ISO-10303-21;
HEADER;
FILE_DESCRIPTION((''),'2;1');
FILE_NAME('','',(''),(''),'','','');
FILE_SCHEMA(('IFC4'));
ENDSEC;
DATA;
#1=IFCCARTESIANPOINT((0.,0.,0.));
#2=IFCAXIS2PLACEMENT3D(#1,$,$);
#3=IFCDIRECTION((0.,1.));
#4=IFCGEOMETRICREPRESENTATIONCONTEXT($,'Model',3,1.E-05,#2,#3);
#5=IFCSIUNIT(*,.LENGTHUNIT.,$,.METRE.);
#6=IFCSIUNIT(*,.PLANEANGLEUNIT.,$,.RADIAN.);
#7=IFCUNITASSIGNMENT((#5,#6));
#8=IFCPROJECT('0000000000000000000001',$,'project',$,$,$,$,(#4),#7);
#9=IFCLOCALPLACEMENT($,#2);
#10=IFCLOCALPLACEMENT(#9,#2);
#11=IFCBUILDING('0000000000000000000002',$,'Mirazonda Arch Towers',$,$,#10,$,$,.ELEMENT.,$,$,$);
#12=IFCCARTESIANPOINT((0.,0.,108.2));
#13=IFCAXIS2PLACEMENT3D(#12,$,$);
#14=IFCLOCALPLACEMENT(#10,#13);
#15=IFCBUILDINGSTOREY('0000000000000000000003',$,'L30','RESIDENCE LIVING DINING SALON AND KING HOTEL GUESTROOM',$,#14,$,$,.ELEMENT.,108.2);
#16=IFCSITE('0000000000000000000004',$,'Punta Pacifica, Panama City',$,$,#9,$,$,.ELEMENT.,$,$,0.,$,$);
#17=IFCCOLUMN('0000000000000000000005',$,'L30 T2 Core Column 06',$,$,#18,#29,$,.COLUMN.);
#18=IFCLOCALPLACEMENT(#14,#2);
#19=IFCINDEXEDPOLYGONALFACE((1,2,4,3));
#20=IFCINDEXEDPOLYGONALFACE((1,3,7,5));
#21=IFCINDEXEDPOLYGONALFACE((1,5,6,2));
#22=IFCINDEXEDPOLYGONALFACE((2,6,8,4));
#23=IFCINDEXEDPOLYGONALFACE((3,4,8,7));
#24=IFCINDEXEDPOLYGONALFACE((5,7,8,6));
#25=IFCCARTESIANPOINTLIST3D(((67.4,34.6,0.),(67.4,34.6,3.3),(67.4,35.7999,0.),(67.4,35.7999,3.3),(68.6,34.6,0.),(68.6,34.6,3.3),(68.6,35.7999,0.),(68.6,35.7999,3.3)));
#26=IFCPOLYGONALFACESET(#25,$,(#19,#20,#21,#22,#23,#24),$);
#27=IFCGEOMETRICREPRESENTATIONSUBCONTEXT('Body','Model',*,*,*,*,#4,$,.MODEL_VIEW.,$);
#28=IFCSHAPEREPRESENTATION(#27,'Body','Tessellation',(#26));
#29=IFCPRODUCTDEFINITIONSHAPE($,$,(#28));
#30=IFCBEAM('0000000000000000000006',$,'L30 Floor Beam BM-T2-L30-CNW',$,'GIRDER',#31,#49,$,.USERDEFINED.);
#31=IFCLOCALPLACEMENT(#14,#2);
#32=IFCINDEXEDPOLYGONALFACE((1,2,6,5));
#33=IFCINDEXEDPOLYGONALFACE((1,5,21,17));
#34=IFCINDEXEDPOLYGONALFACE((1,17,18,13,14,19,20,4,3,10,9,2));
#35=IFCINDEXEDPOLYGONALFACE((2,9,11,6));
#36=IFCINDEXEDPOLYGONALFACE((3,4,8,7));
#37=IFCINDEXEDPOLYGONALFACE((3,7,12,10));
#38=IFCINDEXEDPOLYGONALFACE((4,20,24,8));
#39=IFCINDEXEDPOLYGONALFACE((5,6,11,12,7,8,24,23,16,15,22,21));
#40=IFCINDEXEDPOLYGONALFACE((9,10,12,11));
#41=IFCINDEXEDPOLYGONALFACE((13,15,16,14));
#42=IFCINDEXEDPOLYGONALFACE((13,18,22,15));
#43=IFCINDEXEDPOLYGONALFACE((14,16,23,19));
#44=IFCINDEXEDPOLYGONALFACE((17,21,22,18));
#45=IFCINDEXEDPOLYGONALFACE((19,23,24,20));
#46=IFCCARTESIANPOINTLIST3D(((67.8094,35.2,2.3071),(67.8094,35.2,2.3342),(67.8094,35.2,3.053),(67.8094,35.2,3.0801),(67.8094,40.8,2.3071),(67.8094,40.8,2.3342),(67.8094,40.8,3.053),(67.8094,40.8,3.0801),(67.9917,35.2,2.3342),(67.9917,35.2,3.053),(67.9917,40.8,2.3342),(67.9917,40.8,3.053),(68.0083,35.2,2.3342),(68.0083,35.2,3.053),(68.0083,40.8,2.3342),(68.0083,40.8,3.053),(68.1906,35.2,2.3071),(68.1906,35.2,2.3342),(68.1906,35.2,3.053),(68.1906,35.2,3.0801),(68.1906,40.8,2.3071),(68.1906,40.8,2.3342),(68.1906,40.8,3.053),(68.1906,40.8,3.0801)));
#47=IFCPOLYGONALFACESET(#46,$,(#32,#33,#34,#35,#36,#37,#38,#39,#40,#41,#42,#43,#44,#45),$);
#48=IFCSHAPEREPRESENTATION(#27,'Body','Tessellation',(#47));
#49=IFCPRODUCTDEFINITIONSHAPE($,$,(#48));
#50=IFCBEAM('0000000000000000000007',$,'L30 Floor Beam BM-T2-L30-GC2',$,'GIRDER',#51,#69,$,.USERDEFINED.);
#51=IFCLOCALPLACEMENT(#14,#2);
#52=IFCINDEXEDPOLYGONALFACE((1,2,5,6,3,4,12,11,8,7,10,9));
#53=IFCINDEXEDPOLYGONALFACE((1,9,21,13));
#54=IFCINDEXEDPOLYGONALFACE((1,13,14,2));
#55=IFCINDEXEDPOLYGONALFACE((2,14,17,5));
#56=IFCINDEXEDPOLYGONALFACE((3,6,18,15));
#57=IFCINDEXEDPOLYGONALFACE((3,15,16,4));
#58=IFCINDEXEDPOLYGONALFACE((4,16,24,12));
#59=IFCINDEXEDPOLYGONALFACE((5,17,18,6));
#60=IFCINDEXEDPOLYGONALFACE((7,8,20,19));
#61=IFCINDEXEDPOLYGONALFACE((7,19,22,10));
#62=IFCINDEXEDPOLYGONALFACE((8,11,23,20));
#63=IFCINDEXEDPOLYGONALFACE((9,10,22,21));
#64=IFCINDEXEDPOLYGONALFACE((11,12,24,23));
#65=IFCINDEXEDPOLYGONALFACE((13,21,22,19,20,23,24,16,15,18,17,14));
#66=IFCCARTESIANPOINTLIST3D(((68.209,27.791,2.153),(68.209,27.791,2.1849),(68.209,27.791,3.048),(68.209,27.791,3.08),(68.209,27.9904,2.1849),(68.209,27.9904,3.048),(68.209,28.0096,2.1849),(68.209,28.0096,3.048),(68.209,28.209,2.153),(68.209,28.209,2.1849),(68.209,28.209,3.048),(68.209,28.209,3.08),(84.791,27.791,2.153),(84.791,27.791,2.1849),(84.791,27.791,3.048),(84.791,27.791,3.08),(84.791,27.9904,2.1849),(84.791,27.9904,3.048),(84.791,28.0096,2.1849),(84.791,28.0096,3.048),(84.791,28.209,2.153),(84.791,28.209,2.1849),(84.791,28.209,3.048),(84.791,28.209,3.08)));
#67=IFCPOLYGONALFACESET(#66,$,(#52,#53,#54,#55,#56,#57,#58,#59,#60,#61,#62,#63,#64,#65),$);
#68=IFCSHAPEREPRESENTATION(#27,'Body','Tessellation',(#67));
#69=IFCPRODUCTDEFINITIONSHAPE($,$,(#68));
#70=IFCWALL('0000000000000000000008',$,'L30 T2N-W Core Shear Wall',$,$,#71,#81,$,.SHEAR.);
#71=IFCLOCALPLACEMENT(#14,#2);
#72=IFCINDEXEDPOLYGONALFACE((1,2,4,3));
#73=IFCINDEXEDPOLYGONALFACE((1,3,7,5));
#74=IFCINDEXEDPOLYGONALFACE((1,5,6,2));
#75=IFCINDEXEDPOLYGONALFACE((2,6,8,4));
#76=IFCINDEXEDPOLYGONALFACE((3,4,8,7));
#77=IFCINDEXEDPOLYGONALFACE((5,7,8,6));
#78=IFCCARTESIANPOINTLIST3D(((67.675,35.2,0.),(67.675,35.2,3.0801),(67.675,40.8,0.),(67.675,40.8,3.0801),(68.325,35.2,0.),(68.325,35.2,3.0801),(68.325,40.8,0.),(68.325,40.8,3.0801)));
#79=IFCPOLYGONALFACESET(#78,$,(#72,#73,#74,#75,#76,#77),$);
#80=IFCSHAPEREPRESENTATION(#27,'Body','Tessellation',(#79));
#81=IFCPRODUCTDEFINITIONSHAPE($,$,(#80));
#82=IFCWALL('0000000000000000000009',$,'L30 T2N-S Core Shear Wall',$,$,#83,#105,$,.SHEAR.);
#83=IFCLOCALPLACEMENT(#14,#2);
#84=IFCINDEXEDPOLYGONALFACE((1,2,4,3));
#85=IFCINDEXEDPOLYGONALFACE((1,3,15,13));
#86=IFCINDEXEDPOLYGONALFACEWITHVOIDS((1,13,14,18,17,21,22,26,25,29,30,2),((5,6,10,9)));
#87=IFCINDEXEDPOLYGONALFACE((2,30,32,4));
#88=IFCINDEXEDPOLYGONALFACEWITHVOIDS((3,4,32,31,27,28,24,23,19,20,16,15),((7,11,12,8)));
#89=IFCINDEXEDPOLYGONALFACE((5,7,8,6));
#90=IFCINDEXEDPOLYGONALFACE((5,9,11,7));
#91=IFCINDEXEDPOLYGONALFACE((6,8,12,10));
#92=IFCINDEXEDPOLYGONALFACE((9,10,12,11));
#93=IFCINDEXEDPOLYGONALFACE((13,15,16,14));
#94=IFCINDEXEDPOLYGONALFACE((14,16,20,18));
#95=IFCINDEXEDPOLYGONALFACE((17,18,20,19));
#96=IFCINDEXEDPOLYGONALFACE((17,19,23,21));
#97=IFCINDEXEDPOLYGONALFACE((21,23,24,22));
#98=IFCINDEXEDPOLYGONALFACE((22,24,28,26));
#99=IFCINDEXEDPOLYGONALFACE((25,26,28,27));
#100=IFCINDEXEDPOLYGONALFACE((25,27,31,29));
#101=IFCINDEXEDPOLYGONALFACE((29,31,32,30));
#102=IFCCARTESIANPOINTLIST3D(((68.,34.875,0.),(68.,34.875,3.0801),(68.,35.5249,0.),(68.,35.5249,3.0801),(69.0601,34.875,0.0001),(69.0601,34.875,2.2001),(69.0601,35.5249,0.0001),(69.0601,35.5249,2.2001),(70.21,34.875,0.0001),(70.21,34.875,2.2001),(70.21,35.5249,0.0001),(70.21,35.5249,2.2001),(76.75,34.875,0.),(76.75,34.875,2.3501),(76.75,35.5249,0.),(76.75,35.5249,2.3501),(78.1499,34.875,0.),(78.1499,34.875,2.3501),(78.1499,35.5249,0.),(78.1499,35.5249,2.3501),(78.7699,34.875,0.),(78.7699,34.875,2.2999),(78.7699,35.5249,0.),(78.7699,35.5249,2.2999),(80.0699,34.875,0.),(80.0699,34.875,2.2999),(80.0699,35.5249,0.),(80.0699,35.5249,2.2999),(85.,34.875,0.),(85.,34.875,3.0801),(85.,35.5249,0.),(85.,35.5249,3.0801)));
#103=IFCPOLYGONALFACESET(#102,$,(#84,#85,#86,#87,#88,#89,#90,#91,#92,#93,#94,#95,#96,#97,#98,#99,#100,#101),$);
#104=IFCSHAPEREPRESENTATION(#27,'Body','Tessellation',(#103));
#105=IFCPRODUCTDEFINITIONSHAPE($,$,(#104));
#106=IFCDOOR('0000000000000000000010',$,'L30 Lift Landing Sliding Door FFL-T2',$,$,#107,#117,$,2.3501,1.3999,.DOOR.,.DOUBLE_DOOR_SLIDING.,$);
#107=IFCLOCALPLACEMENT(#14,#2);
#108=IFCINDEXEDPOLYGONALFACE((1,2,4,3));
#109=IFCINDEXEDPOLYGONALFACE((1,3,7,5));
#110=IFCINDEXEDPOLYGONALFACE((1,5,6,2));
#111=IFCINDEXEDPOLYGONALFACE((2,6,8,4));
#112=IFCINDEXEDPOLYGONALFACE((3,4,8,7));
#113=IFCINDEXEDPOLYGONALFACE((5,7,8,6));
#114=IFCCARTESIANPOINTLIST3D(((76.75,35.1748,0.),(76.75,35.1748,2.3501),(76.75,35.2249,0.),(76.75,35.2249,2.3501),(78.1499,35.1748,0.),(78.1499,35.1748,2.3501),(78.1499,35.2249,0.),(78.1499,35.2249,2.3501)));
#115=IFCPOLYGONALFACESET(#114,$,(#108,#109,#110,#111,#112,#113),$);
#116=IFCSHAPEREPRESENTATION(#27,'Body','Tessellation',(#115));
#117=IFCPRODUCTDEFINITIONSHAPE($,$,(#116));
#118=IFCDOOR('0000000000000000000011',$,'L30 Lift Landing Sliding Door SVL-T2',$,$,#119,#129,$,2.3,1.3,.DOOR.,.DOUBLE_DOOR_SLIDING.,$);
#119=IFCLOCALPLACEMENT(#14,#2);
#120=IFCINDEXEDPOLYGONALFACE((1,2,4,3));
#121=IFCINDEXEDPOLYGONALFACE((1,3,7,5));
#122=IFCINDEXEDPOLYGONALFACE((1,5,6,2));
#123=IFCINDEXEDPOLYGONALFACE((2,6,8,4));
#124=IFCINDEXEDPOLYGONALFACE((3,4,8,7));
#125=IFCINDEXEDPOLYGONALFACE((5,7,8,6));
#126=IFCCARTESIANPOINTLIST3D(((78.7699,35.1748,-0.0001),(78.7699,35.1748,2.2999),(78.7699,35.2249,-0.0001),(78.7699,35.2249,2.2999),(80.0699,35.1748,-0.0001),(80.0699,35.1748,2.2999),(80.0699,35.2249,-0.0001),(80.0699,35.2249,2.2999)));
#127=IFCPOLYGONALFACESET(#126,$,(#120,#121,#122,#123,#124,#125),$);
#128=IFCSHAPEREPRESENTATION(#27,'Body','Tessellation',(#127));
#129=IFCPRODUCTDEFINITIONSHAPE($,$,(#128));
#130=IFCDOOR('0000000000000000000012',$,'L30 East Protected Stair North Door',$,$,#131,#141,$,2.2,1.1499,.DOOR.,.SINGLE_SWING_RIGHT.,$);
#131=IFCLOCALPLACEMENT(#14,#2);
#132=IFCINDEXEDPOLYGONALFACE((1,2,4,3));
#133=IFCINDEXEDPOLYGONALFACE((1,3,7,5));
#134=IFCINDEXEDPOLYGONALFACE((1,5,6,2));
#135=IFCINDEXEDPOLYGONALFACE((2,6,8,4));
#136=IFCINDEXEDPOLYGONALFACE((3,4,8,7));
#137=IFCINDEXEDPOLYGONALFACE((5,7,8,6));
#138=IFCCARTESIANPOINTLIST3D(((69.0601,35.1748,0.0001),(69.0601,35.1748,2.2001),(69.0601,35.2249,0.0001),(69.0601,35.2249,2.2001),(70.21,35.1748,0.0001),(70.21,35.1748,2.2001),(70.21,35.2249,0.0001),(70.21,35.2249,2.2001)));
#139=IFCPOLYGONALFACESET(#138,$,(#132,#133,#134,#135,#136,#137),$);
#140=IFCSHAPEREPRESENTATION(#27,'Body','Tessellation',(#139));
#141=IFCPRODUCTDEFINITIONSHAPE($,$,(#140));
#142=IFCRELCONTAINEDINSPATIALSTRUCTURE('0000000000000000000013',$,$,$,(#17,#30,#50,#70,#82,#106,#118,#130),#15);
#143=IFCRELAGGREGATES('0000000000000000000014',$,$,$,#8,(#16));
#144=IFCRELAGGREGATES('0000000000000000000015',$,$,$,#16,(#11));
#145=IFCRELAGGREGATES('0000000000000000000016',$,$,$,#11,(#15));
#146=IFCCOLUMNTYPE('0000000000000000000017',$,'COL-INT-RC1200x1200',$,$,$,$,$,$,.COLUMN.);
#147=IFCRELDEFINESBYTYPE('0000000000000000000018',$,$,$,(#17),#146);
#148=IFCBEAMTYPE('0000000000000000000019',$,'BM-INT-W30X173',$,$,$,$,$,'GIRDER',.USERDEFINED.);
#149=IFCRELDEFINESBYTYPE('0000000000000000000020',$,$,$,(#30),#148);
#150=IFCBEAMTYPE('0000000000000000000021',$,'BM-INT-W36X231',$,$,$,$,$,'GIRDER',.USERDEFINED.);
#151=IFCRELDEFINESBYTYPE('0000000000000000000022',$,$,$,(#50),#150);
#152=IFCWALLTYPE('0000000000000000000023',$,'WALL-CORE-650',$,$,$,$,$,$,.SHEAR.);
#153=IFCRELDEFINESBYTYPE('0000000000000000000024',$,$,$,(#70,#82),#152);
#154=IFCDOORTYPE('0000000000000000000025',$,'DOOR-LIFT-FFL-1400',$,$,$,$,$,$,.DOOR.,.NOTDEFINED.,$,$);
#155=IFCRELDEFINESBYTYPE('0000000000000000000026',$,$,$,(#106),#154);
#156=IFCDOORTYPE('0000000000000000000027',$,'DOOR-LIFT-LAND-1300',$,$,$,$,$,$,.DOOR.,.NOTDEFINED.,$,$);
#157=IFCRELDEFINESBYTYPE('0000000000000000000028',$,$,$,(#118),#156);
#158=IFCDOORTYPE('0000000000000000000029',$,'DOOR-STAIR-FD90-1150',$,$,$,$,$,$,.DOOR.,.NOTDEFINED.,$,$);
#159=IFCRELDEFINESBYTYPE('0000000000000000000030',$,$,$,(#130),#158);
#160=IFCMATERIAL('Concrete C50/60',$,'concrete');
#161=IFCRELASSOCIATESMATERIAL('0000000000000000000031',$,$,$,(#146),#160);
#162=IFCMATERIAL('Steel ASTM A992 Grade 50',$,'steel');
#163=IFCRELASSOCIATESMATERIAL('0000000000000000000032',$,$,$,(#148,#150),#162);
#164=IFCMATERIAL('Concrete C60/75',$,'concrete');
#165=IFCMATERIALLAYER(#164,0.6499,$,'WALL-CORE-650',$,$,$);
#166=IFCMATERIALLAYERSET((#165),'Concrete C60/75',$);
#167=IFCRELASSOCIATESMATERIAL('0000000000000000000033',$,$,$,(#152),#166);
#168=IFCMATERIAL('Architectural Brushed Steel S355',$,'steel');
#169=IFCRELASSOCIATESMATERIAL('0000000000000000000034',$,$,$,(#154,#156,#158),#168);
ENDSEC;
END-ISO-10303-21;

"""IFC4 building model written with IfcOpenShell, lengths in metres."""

from ifc_helpers import new_model, si_unit, direction, frame, frame_2d, origin, origin_2d, place, context, subcontext, project, spatial, rectangle, i_section, extrude, material, layer, layer_set, material_profile, profile_set, type_object, element, fill, save


model = new_model("IFC4")

# Units and contexts
model_context = context("Model", 3, precision=1e-05, world=origin(), true_north=direction((0.0, 1.0)))
body_context = subcontext(model_context, "Body", "Model", "MODEL_VIEW")
ifc_project = project(units=[si_unit("LENGTHUNIT", "METRE"), si_unit("PLANEANGLEUNIT", "RADIAN")], contexts=[model_context])

# Site, building, storey
site_placement = place(None, origin())
site = spatial("IfcSite", under=ifc_project, at=site_placement, Name="Punta Pacifica, Panama City", CompositionType="ELEMENT", RefElevation=0.0)
building_placement = place(site_placement, origin())
building = spatial("IfcBuilding", under=site, at=building_placement, Name="Mirazonda Arch Towers", CompositionType="ELEMENT")
storey_placement = place(building_placement, frame((0.0, 0.0, 108.2)))
storey = spatial("IfcBuildingStorey", under=building, at=storey_placement, Name="L30", Description="RESIDENCE LIVING DINING SALON AND KING HOTEL GUESTROOM", CompositionType="ELEMENT", Elevation=108.2)

# Column
ifc_material_1 = material(Name="Concrete C50/60", Category="concrete")
ifc_material_profile_1 = material_profile(ifc_material_1, rectangle(XDim=1.2, YDim=1.2, at=origin_2d()), Name="RC1200x1200")
ifc_profile_set_1 = profile_set([ifc_material_profile_1], Name="Concrete C50/60")
column_type = type_object("IfcColumnType", Name="COL-INT-RC1200x1200", PredefinedType="COLUMN", material=ifc_profile_set_1)
column_placement = place(storey_placement, frame((68.0, 35.2, 0.0), z_axis=(0.0, 0.0, 1.0), x_axis=(1.0, 0.0, 0.0)))
element("IfcColumn", 1, at=column_placement, inside=storey, type_object=column_type, Name="L30 T2 Core Column 06", PredefinedType="COLUMN", context=body_context, shape_type="SweptSolid", body=[
    extrude(rectangle(XDim=1.2, YDim=1.2, at=origin_2d()), origin(), (0.0, 0.0, 1.0), 3.3),
])

# Beams
ifc_material_2 = material(Name="Steel ASTM A992 Grade 50", Category="steel")
ifc_material_profile_2 = material_profile(ifc_material_2, i_section(OverallWidth=0.3811, OverallDepth=0.7729, WebThickness=0.0166, FlangeThickness=0.0271, at=origin_2d()), Name="W30X173")
ifc_profile_set_2 = profile_set([ifc_material_profile_2], Name="Steel ASTM A992 Grade 50")
beam_type_1 = type_object("IfcBeamType", Name="BM-INT-W30X173", ElementType="GIRDER", PredefinedType="USERDEFINED", material=ifc_profile_set_2)
beam_1_placement = place(storey_placement, frame((68.0, 35.2, 2.6936), z_axis=(0.0, 1.0, 0.0), x_axis=(-1.0, 0.0, 0.0)))
element("IfcBeam", 2, at=beam_1_placement, inside=storey, type_object=beam_type_1, Name="L30 Floor Beam BM-T2-L30-CNW", ObjectType="GIRDER", PredefinedType="USERDEFINED", context=body_context, shape_type="SweptSolid", body=[
    extrude(i_section(OverallWidth=0.3811, OverallDepth=0.7729, WebThickness=0.0166, FlangeThickness=0.0271, at=origin_2d()), origin(), (0.0, 0.0, 1.0), 5.6001),
])
ifc_material_profile_3 = material_profile(ifc_material_2, i_section(OverallWidth=0.418, OverallDepth=0.927, WebThickness=0.0193, FlangeThickness=0.032, at=origin_2d()), Name="W36X231")
ifc_profile_set_3 = profile_set([ifc_material_profile_3], Name="Steel ASTM A992 Grade 50")
beam_type_2 = type_object("IfcBeamType", Name="BM-INT-W36X231", ElementType="GIRDER", PredefinedType="USERDEFINED", material=ifc_profile_set_3)
beam_2_placement = place(storey_placement, frame((68.209, 28.0, 2.6165), z_axis=(1.0, 0.0, 0.0), x_axis=(0.0, 1.0, 0.0)))
element("IfcBeam", 3, at=beam_2_placement, inside=storey, type_object=beam_type_2, Name="L30 Floor Beam BM-T2-L30-GC2", ObjectType="GIRDER", PredefinedType="USERDEFINED", context=body_context, shape_type="SweptSolid", body=[
    extrude(i_section(OverallWidth=0.418, OverallDepth=0.927, WebThickness=0.0193, FlangeThickness=0.032, at=origin_2d()), origin(), (0.0, 0.0, 1.0), 16.582),
])

# Wall
ifc_material_3 = material(Name="Concrete C60/75", Category="concrete")
ifc_layer_1 = layer(ifc_material_3, 0.6499, Name="WALL-CORE-650")
ifc_layer_set_1 = layer_set([ifc_layer_1], Name="Concrete C60/75")
wall_type_1 = type_object("IfcWallType", Name="WALL-CORE-650", PredefinedType="SHEAR", material=ifc_layer_set_1)
wall_1_placement = place(storey_placement, frame((68.0, 35.2, 0.0), z_axis=(0.0, 0.0, 1.0), x_axis=(0.0, 1.0, 0.0)))
element("IfcWall", 4, at=wall_1_placement, inside=storey, type_object=wall_type_1, Name="L30 T2N-W Core Shear Wall", PredefinedType="SHEAR", context=body_context, shape_type="SweptSolid", body=[
    extrude(rectangle(XDim=5.6001, YDim=0.6499, at=frame_2d((2.8, 0.0))), origin(), (0.0, 0.0, 1.0), 3.0801),
])

# Wall, openings, doors
wall_2_placement = place(storey_placement, frame((68.0, 35.2, 0.0), z_axis=(0.0, 0.0, 1.0), x_axis=(1.0, 0.0, 0.0)))
wall_2 = element("IfcWall", 5, at=wall_2_placement, inside=storey, type_object=wall_type_1, Name="L30 T2N-S Core Shear Wall", PredefinedType="SHEAR", context=body_context, shape_type="SweptSolid", body=[
    extrude(rectangle(XDim=17.0, YDim=0.6499, at=frame_2d((8.5, 0.0))), origin(), (0.0, 0.0, 1.0), 3.0801),
])
opening_1_placement = place(wall_2_placement, frame((1.0601, 0.0, 0.0)))
opening_1 = element("IfcOpeningElement", 6, at=opening_1_placement, cuts=wall_2, PredefinedType="OPENING", context=body_context, shape_type="SweptSolid", body=[
    extrude(rectangle(XDim=1.1499, YDim=2.2, at=frame_2d((0.575, 1.1001))), frame((0.0, 0.335, 0.0), z_axis=(0.0, -1.0, 0.0), x_axis=(1.0, 0.0, 0.0)), (0.0, 0.0, 1.0), 0.6699),
])
opening_2_placement = place(wall_2_placement, frame((8.75, 0.0, 0.0)))
opening_2 = element("IfcOpeningElement", 7, at=opening_2_placement, cuts=wall_2, PredefinedType="OPENING", context=body_context, shape_type="SweptSolid", body=[
    extrude(rectangle(XDim=1.3999, YDim=2.3501, at=frame_2d((0.7, 1.175))), frame((0.0, 0.335, 0.0), z_axis=(0.0, -1.0, 0.0), x_axis=(1.0, 0.0, 0.0)), (0.0, 0.0, 1.0), 0.6699),
])
opening_3_placement = place(wall_2_placement, frame((10.77, 0.0, 0.0)))
opening_3 = element("IfcOpeningElement", 8, at=opening_3_placement, cuts=wall_2, PredefinedType="OPENING", context=body_context, shape_type="SweptSolid", body=[
    extrude(rectangle(XDim=1.3, YDim=2.3, at=frame_2d((0.6499, 1.1499))), frame((0.0, 0.335, 0.0), z_axis=(0.0, -1.0, 0.0), x_axis=(1.0, 0.0, 0.0)), (0.0, 0.0, 1.0), 0.6699),
])
ifc_material_4 = material(Name="Architectural Brushed Steel S355", Category="steel")
door_type_1 = type_object("IfcDoorType", Name="DOOR-LIFT-FFL-1400", OperationType="NOTDEFINED", PredefinedType="DOOR", material=ifc_material_4)
door_1_placement = place(opening_2_placement, origin())
door_1 = element("IfcDoor", 9, at=door_1_placement, inside=storey, type_object=door_type_1, Name="L30 Lift Landing Sliding Door FFL-T2", OperationType="DOUBLE_DOOR_SLIDING", OverallHeight=2.3501, OverallWidth=1.3999, PredefinedType="DOOR", context=body_context, shape_type="SweptSolid", body=[
    extrude(rectangle(XDim=1.3999, YDim=2.3501, at=frame_2d((0.7, 1.175))), frame((0.0, 0.0249, 0.0), z_axis=(0.0, -1.0, 0.0), x_axis=(1.0, 0.0, 0.0)), (0.0, 0.0, 1.0), 0.05),
])
fill(opening_2, door_1)
door_type_2 = type_object("IfcDoorType", Name="DOOR-LIFT-LAND-1300", OperationType="NOTDEFINED", PredefinedType="DOOR", material=ifc_material_4)
door_2_placement = place(opening_3_placement, origin())
door_2 = element("IfcDoor", 10, at=door_2_placement, inside=storey, type_object=door_type_2, Name="L30 Lift Landing Sliding Door SVL-T2", OperationType="DOUBLE_DOOR_SLIDING", OverallHeight=2.3, OverallWidth=1.3, PredefinedType="DOOR", context=body_context, shape_type="SweptSolid", body=[
    extrude(rectangle(XDim=1.3, YDim=2.3, at=frame_2d((0.6499, 1.1499))), frame((0.0, 0.0249, 0.0), z_axis=(0.0, -1.0, 0.0), x_axis=(1.0, 0.0, 0.0)), (0.0, 0.0, 1.0), 0.05),
])
fill(opening_3, door_2)
door_type_3 = type_object("IfcDoorType", Name="DOOR-STAIR-FD90-1150", OperationType="NOTDEFINED", PredefinedType="DOOR", material=ifc_material_4)
door_3_placement = place(opening_1_placement, origin())
door_3 = element("IfcDoor", 11, at=door_3_placement, inside=storey, type_object=door_type_3, Name="L30 East Protected Stair North Door", OperationType="SINGLE_SWING_RIGHT", OverallHeight=2.2, OverallWidth=1.1499, PredefinedType="DOOR", context=body_context, shape_type="SweptSolid", body=[
    extrude(rectangle(XDim=1.1499, YDim=2.2, at=frame_2d((0.575, 1.1001))), frame((0.0, 0.0249, 0.0), z_axis=(0.0, -1.0, 0.0), x_axis=(1.0, 0.0, 0.0)), (0.0, 0.0, 1.0), 0.05),
])
fill(opening_1, door_3)

save(model, "model.ifc")
